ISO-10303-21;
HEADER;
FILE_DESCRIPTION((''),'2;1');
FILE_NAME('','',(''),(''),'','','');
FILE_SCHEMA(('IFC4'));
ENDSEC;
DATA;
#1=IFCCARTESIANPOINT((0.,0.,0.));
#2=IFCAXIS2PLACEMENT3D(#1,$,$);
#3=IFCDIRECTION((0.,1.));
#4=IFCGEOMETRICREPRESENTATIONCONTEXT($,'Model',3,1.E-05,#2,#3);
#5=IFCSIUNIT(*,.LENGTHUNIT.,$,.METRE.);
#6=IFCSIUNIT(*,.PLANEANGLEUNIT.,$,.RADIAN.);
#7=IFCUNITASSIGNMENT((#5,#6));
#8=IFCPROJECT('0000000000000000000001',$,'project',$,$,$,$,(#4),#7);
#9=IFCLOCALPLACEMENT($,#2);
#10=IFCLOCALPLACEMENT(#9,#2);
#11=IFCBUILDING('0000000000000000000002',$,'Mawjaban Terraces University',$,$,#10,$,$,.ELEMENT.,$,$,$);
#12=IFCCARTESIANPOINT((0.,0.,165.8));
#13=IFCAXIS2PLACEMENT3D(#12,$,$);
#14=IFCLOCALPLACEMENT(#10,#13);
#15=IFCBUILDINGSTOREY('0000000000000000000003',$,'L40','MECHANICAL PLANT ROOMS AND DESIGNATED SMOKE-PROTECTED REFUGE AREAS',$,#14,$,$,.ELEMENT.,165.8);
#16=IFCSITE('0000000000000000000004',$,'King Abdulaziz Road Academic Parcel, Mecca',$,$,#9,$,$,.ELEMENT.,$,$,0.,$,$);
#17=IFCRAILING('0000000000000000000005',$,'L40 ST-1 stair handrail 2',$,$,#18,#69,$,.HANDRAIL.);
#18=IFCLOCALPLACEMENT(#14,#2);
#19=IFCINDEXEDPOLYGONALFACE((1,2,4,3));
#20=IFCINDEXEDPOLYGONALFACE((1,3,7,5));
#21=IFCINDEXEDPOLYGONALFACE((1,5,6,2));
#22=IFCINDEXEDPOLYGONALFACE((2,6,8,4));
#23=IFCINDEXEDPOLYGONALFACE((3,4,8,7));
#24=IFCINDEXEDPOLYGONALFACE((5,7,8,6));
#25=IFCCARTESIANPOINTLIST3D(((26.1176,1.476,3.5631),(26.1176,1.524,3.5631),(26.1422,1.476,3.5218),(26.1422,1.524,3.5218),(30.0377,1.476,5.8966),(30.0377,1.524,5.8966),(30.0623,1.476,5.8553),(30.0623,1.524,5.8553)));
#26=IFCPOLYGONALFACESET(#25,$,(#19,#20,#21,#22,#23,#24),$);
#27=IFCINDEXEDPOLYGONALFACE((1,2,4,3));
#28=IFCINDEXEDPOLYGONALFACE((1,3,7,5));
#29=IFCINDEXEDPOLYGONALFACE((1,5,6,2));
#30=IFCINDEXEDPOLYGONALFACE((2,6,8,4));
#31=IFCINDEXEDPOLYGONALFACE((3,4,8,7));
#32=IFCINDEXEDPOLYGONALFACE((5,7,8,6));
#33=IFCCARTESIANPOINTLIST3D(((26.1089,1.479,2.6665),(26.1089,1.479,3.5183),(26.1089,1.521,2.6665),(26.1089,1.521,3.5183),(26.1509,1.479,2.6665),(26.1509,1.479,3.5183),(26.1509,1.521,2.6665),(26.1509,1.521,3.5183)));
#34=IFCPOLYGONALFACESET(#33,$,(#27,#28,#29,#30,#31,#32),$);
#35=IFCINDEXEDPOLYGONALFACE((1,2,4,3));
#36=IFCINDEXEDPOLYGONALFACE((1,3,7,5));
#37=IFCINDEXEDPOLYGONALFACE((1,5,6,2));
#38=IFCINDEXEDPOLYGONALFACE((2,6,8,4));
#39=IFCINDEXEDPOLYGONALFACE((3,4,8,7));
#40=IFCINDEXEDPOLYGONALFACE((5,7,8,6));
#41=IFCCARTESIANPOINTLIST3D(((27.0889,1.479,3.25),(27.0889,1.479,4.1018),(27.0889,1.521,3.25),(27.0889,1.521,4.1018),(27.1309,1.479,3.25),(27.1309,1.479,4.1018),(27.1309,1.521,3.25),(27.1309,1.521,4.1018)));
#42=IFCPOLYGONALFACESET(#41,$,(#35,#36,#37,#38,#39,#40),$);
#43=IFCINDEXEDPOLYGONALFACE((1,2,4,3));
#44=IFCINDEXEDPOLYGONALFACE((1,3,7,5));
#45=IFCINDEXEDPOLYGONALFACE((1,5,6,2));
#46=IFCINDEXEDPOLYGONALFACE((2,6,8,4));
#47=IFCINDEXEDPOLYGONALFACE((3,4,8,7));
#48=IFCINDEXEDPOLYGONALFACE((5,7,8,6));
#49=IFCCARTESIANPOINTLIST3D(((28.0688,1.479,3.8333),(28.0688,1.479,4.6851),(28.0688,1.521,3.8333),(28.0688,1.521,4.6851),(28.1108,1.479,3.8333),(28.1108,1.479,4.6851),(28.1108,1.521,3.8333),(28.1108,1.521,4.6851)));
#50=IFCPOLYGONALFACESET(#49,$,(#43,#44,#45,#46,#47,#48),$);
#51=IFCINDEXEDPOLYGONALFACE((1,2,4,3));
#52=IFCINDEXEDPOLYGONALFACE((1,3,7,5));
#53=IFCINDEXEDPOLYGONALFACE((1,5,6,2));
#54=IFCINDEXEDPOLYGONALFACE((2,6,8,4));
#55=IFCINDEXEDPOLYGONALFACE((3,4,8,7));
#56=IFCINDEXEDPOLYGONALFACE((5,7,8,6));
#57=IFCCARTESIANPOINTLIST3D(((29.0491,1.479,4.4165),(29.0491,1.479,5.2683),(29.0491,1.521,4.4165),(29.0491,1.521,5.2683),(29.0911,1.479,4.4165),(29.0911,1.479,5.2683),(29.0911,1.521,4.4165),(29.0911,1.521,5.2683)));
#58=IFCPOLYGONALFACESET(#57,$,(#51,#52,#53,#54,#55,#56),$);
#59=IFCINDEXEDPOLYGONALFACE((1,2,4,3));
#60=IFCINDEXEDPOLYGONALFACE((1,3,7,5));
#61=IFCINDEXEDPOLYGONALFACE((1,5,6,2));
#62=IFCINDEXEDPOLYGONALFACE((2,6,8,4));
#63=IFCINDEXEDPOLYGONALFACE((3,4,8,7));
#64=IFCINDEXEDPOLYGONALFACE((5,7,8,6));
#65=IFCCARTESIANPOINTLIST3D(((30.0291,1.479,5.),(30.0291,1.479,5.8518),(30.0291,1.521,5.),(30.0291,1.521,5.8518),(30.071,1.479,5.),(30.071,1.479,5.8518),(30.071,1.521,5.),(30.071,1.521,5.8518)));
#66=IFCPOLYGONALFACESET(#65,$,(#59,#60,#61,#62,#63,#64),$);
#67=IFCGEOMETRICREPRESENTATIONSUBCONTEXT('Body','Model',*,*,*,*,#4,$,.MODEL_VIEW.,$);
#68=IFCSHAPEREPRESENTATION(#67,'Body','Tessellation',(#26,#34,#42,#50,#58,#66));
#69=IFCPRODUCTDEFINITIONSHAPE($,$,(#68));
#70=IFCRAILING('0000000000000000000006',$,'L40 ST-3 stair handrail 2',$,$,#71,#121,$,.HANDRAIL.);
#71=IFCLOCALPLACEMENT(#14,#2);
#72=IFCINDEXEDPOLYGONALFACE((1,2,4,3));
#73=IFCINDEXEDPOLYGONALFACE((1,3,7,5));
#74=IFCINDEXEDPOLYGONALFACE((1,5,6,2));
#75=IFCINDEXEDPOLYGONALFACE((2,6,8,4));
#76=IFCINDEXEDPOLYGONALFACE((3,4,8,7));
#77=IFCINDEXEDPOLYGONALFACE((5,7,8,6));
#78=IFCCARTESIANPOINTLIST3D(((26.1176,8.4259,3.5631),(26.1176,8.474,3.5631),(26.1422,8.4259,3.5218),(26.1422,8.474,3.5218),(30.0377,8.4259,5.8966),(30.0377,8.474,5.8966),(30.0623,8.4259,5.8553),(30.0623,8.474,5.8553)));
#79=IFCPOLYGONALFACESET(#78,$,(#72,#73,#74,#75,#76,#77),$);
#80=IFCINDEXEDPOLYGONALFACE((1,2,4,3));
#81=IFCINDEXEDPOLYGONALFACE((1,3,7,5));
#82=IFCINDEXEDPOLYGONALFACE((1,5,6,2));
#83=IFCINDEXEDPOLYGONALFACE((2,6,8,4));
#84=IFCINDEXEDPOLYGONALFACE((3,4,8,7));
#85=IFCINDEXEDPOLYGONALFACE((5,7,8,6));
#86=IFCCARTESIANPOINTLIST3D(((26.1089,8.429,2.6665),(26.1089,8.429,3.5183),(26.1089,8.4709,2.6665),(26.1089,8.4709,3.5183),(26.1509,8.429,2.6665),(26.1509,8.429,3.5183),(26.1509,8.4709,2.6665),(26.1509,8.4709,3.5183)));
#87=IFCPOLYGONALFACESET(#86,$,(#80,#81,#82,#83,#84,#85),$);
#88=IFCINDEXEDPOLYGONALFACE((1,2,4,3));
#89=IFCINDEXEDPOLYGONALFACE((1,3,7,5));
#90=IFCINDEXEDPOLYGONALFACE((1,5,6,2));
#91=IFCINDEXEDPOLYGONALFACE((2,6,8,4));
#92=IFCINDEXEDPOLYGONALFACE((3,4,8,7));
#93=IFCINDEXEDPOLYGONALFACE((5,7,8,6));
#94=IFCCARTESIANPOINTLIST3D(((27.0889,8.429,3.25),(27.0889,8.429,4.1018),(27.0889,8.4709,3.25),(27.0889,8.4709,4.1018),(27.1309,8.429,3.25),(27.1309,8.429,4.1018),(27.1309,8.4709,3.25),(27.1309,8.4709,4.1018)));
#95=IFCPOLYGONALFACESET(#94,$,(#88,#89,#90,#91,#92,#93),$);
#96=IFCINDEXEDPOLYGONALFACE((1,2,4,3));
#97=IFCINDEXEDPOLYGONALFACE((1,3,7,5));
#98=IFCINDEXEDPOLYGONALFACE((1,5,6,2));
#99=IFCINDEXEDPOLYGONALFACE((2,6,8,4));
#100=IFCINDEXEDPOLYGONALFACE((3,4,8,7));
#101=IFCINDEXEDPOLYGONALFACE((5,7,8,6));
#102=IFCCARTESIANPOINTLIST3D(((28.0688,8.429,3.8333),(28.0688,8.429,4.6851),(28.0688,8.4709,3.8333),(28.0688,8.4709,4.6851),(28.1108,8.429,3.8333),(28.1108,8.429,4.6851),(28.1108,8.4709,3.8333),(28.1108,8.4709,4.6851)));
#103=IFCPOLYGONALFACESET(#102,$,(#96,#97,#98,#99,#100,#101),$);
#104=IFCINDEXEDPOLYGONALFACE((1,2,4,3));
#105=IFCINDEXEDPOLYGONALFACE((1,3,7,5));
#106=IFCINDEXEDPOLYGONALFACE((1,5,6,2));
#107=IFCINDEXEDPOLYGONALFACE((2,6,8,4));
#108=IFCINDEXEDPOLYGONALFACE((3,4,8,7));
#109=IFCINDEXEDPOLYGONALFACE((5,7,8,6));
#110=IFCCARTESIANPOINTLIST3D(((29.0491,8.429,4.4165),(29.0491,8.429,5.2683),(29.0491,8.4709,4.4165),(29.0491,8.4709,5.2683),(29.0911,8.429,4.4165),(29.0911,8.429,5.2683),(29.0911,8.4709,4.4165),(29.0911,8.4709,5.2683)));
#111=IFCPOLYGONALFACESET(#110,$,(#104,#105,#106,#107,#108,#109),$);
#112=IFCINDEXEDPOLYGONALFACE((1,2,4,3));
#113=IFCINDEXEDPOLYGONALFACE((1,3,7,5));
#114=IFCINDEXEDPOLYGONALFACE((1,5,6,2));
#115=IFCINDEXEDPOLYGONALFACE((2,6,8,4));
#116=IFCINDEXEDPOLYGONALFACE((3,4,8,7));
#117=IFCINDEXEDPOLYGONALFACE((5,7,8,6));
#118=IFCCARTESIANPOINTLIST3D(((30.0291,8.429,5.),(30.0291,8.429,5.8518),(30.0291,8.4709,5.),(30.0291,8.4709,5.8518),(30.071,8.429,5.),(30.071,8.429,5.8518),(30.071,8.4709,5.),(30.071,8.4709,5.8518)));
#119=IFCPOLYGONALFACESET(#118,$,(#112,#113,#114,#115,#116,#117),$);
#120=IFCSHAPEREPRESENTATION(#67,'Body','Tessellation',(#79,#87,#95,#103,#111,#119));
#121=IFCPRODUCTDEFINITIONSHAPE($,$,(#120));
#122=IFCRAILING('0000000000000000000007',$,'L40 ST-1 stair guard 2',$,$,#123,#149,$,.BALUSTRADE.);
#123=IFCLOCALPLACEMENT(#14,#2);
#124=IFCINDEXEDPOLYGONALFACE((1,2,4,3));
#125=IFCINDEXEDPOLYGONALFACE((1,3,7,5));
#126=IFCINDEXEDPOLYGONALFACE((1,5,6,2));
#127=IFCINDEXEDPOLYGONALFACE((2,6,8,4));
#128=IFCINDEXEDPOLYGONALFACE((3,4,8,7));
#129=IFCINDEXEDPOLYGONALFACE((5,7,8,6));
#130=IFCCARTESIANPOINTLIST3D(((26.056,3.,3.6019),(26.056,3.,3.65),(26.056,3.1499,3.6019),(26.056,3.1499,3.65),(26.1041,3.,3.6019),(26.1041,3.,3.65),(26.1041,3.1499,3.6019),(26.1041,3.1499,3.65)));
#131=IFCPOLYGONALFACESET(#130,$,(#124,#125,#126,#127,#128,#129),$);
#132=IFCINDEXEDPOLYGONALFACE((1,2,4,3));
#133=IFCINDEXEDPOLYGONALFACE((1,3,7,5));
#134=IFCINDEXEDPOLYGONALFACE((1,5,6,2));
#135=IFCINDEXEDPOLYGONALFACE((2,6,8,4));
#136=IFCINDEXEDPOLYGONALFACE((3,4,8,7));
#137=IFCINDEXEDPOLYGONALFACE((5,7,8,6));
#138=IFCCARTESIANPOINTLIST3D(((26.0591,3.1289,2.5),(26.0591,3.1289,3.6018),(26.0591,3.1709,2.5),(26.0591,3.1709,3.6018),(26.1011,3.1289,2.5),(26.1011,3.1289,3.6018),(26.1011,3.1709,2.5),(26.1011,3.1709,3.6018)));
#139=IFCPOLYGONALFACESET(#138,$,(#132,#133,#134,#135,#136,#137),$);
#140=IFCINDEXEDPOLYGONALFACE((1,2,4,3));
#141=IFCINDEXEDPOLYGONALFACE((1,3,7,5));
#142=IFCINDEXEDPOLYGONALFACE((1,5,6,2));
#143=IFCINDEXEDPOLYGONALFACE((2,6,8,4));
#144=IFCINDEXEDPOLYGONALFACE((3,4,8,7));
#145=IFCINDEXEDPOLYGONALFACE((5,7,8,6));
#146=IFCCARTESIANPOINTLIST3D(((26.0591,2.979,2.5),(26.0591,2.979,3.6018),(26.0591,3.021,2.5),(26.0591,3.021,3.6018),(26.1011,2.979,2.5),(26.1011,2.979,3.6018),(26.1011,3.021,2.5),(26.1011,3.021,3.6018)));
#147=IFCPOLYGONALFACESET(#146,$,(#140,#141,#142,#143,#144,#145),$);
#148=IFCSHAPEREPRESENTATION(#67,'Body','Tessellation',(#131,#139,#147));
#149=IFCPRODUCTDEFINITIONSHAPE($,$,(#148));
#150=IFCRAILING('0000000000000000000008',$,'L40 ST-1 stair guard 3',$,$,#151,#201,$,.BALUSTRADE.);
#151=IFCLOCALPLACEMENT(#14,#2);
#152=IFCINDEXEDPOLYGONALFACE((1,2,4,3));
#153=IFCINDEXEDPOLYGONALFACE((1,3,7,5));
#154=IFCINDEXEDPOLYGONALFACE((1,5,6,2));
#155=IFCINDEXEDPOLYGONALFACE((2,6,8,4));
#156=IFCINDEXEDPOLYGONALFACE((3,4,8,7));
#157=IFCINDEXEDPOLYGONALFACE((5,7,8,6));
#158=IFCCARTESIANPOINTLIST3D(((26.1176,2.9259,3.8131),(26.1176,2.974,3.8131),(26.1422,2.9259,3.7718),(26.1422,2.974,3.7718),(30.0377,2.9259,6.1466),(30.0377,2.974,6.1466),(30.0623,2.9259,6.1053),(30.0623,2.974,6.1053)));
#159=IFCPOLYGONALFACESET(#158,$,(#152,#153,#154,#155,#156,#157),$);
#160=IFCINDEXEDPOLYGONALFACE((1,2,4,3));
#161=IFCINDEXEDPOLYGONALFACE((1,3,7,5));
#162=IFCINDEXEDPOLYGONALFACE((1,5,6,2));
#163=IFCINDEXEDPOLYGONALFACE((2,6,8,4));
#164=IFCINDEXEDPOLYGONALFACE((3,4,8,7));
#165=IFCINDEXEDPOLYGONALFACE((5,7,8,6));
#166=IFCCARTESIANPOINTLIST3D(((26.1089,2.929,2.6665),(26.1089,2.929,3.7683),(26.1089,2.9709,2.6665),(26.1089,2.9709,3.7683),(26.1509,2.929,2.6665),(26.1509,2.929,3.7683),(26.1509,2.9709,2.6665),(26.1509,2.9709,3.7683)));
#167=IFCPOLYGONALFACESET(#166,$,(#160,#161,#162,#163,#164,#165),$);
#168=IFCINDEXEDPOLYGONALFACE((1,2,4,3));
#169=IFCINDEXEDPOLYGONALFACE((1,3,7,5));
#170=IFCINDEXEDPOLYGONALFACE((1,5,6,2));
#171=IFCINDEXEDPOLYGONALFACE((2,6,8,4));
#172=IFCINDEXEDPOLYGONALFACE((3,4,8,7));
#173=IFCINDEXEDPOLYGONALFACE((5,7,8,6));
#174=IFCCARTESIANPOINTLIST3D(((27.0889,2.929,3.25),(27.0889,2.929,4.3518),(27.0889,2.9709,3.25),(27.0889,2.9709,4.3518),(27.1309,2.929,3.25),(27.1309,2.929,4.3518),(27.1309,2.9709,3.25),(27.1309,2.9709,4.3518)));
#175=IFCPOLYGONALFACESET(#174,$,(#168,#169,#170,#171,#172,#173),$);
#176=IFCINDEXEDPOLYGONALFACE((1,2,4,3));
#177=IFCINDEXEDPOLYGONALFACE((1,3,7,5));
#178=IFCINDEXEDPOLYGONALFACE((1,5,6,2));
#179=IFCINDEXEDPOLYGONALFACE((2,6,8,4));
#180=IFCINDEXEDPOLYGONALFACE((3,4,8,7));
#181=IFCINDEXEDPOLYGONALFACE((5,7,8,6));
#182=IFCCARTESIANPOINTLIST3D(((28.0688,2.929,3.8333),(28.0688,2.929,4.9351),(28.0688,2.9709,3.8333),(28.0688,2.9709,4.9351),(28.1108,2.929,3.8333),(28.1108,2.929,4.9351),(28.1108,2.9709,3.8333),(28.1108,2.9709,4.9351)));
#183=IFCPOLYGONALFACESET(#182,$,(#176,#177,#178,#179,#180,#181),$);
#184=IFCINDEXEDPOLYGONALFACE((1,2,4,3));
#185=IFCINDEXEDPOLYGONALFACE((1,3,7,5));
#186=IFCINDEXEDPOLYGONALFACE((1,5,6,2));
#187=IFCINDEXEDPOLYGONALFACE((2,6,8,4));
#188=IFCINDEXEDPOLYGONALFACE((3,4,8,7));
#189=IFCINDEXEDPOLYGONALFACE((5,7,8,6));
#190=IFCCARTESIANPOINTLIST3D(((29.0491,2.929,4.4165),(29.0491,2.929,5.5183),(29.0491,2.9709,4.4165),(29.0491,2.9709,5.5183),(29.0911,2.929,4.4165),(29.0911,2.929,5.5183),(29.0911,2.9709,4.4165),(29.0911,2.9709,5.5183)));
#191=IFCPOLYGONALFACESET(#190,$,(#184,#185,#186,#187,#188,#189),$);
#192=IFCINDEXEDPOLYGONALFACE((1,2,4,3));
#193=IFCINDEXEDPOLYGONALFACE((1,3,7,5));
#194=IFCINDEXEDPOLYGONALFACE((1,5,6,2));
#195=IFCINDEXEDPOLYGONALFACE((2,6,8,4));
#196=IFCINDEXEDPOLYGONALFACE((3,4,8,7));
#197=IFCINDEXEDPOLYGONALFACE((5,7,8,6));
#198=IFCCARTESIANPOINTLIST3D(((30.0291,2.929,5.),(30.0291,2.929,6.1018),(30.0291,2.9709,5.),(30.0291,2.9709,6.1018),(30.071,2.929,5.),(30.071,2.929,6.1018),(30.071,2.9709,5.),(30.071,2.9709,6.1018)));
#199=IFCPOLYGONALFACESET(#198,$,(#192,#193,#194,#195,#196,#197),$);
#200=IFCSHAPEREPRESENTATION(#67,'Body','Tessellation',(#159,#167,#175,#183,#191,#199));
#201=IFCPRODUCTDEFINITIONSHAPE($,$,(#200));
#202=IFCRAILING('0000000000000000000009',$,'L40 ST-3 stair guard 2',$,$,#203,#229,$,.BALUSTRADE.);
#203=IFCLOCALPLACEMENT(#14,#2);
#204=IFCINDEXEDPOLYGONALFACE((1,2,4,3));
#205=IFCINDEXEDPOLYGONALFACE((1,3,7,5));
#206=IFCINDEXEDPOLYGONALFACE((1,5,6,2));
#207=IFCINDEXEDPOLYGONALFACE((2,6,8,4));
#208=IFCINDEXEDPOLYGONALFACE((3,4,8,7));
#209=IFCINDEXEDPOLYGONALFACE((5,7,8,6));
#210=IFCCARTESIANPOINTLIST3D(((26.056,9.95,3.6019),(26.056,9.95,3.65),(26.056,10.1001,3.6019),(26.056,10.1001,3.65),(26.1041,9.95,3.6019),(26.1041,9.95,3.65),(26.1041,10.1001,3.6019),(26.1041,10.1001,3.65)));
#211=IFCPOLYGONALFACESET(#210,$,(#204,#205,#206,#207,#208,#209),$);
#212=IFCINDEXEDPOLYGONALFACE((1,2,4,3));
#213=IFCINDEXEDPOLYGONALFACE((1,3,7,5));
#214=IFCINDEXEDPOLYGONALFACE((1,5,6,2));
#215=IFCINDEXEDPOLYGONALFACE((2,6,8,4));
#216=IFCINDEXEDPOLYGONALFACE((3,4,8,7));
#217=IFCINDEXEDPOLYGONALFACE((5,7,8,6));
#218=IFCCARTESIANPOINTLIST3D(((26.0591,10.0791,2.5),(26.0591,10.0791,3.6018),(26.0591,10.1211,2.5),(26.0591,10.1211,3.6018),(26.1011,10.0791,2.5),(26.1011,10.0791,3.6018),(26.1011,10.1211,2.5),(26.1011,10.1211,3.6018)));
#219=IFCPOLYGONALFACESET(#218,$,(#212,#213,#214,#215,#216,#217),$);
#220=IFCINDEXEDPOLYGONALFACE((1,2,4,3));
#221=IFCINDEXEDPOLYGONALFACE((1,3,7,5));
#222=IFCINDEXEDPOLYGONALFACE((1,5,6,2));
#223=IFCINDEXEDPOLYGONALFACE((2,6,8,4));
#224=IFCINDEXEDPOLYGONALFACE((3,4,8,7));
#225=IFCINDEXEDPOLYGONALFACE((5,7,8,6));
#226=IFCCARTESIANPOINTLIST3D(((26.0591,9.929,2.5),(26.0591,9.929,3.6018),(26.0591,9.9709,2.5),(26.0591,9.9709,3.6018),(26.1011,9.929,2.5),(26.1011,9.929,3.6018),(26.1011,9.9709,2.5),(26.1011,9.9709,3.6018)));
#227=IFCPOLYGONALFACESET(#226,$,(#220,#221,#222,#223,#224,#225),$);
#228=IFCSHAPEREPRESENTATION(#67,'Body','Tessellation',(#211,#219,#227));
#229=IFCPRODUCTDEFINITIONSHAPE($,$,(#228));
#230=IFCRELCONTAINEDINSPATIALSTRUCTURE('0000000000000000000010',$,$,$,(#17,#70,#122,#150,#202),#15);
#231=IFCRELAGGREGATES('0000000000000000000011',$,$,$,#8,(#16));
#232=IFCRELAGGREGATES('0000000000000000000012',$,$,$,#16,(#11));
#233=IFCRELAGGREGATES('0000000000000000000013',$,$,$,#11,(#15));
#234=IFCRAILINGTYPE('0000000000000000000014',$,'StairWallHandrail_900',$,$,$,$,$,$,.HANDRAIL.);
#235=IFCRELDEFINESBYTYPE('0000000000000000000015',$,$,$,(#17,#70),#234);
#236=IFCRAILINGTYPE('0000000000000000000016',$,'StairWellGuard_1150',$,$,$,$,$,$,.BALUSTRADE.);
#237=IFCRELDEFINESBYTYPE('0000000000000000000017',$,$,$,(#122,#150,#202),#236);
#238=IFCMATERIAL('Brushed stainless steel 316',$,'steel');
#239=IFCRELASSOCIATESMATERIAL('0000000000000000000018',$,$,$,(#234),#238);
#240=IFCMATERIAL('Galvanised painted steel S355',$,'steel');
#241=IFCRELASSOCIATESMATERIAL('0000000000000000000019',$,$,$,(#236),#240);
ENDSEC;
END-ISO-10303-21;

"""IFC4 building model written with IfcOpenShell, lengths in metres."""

from ifc_helpers import new_model, si_unit, direction, frame, origin, origin_2d, place, context, subcontext, project, spatial, rectangle, extrude, material, type_object, element, save


model = new_model("IFC4")

# Units and contexts
model_context = context("Model", 3, precision=1e-05, world=origin(), true_north=direction((0.0, 1.0)))
body_context = subcontext(model_context, "Body", "Model", "MODEL_VIEW")
ifc_project = project(units=[si_unit("LENGTHUNIT", "METRE"), si_unit("PLANEANGLEUNIT", "RADIAN")], contexts=[model_context])

# Site, building, storey
site_placement = place(None, origin())
site = spatial("IfcSite", under=ifc_project, at=site_placement, Name="King Abdulaziz Road Academic Parcel, Mecca", CompositionType="ELEMENT", RefElevation=0.0)
building_placement = place(site_placement, origin())
building = spatial("IfcBuilding", under=site, at=building_placement, Name="Mawjaban Terraces University", CompositionType="ELEMENT")
storey_placement = place(building_placement, frame((0.0, 0.0, 165.8)))
storey = spatial("IfcBuildingStorey", under=building, at=storey_placement, Name="L40", Description="MECHANICAL PLANT ROOMS AND DESIGNATED SMOKE-PROTECTED REFUGE AREAS", CompositionType="ELEMENT", Elevation=165.8)

# Railings
ifc_material_1 = material(Name="Brushed stainless steel 316", Category="steel")
railing_type_1 = type_object("IfcRailingType", Name="StairWallHandrail_900", PredefinedType="HANDRAIL", material=ifc_material_1)
for number, where, name in (
    (1, (26.1299, 1.5, 2.6665), "L40 ST-1 stair handrail 2"),
    (2, (26.1299, 8.45, 2.6665), "L40 ST-3 stair handrail 2"),
):
    element("IfcRailing", number, at=place(storey_placement, frame(where)), inside=storey, type_object=railing_type_1, Name=name, PredefinedType="HANDRAIL", context=body_context, shape_type="SweptSolid", body=[
        extrude(rectangle(XDim=0.0481, YDim=0.0481, at=origin_2d()), frame((0.0, 0.0, 0.876), z_axis=(0.859287, 0.0, 0.511494), x_axis=(0.0, 1.0, 0.0)), (0.0, 0.0, 1.0), 4.562),
        extrude(rectangle(XDim=0.042, YDim=0.042, at=origin_2d()), origin(), (0.0, 0.0, 1.0), 0.8518),
        extrude(rectangle(XDim=0.042, YDim=0.042, at=origin_2d()), frame((0.98, 0.0, 0.5835)), (0.0, 0.0, 1.0), 0.8518),
        extrude(rectangle(XDim=0.042, YDim=0.042, at=origin_2d()), frame((1.96, 0.0, 1.1667)), (0.0, 0.0, 1.0), 0.8518),
        extrude(rectangle(XDim=0.042, YDim=0.042, at=origin_2d()), frame((2.9402, 0.0, 1.75)), (0.0, 0.0, 1.0), 0.8518),
        extrude(rectangle(XDim=0.042, YDim=0.042, at=origin_2d()), frame((3.9202, 0.0, 2.3335)), (0.0, 0.0, 1.0), 0.8518),
    ])
ifc_material_2 = material(Name="Galvanised painted steel S355", Category="steel")
railing_type_2 = type_object("IfcRailingType", Name="StairWellGuard_1150", PredefinedType="BALUSTRADE", material=ifc_material_2)
railing_1_placement = place(storey_placement, frame((26.0801, 3.1499, 2.5)))
element("IfcRailing", 3, at=railing_1_placement, inside=storey, type_object=railing_type_2, Name="L40 ST-1 stair guard 2", PredefinedType="BALUSTRADE", context=body_context, shape_type="SweptSolid", body=[
    extrude(rectangle(XDim=0.0481, YDim=0.0481, at=origin_2d()), frame((0.0, 0.0, 1.126), z_axis=(0.0, -1.0, 0.0), x_axis=(1.0, 0.0, 0.0)), (0.0, 0.0, 1.0), 0.1499),
    extrude(rectangle(XDim=0.042, YDim=0.042, at=origin_2d()), origin(), (0.0, 0.0, 1.0), 1.1018),
    extrude(rectangle(XDim=0.042, YDim=0.042, at=origin_2d()), frame((0.0, -0.1499, 0.0)), (0.0, 0.0, 1.0), 1.1018),
])
railing_2_placement = place(storey_placement, frame((26.1299, 2.95, 2.6665)))
element("IfcRailing", 4, at=railing_2_placement, inside=storey, type_object=railing_type_2, Name="L40 ST-1 stair guard 3", PredefinedType="BALUSTRADE", context=body_context, shape_type="SweptSolid", body=[
    extrude(rectangle(XDim=0.0481, YDim=0.0481, at=origin_2d()), frame((0.0, 0.0, 1.126), z_axis=(0.859287, 0.0, 0.511494), x_axis=(0.0, 1.0, 0.0)), (0.0, 0.0, 1.0), 4.562),
    extrude(rectangle(XDim=0.042, YDim=0.042, at=origin_2d()), origin(), (0.0, 0.0, 1.0), 1.1018),
    extrude(rectangle(XDim=0.042, YDim=0.042, at=origin_2d()), frame((0.98, 0.0, 0.5835)), (0.0, 0.0, 1.0), 1.1018),
    extrude(rectangle(XDim=0.042, YDim=0.042, at=origin_2d()), frame((1.96, 0.0, 1.1667)), (0.0, 0.0, 1.0), 1.1018),
    extrude(rectangle(XDim=0.042, YDim=0.042, at=origin_2d()), frame((2.9402, 0.0, 1.75)), (0.0, 0.0, 1.0), 1.1018),
    extrude(rectangle(XDim=0.042, YDim=0.042, at=origin_2d()), frame((3.9202, 0.0, 2.3335)), (0.0, 0.0, 1.0), 1.1018),
])
railing_3_placement = place(storey_placement, frame((26.0801, 10.1001, 2.5)))
element("IfcRailing", 5, at=railing_3_placement, inside=storey, type_object=railing_type_2, Name="L40 ST-3 stair guard 2", PredefinedType="BALUSTRADE", context=body_context, shape_type="SweptSolid", body=[
    extrude(rectangle(XDim=0.0481, YDim=0.0481, at=origin_2d()), frame((0.0, 0.0, 1.126), z_axis=(0.0, -1.0, 0.0), x_axis=(1.0, 0.0, 0.0)), (0.0, 0.0, 1.0), 0.1501),
    extrude(rectangle(XDim=0.042, YDim=0.042, at=origin_2d()), origin(), (0.0, 0.0, 1.0), 1.1018),
    extrude(rectangle(XDim=0.042, YDim=0.042, at=origin_2d()), frame((0.0, -0.1501, 0.0)), (0.0, 0.0, 1.0), 1.1018),
])

save(model, "model.ifc")
